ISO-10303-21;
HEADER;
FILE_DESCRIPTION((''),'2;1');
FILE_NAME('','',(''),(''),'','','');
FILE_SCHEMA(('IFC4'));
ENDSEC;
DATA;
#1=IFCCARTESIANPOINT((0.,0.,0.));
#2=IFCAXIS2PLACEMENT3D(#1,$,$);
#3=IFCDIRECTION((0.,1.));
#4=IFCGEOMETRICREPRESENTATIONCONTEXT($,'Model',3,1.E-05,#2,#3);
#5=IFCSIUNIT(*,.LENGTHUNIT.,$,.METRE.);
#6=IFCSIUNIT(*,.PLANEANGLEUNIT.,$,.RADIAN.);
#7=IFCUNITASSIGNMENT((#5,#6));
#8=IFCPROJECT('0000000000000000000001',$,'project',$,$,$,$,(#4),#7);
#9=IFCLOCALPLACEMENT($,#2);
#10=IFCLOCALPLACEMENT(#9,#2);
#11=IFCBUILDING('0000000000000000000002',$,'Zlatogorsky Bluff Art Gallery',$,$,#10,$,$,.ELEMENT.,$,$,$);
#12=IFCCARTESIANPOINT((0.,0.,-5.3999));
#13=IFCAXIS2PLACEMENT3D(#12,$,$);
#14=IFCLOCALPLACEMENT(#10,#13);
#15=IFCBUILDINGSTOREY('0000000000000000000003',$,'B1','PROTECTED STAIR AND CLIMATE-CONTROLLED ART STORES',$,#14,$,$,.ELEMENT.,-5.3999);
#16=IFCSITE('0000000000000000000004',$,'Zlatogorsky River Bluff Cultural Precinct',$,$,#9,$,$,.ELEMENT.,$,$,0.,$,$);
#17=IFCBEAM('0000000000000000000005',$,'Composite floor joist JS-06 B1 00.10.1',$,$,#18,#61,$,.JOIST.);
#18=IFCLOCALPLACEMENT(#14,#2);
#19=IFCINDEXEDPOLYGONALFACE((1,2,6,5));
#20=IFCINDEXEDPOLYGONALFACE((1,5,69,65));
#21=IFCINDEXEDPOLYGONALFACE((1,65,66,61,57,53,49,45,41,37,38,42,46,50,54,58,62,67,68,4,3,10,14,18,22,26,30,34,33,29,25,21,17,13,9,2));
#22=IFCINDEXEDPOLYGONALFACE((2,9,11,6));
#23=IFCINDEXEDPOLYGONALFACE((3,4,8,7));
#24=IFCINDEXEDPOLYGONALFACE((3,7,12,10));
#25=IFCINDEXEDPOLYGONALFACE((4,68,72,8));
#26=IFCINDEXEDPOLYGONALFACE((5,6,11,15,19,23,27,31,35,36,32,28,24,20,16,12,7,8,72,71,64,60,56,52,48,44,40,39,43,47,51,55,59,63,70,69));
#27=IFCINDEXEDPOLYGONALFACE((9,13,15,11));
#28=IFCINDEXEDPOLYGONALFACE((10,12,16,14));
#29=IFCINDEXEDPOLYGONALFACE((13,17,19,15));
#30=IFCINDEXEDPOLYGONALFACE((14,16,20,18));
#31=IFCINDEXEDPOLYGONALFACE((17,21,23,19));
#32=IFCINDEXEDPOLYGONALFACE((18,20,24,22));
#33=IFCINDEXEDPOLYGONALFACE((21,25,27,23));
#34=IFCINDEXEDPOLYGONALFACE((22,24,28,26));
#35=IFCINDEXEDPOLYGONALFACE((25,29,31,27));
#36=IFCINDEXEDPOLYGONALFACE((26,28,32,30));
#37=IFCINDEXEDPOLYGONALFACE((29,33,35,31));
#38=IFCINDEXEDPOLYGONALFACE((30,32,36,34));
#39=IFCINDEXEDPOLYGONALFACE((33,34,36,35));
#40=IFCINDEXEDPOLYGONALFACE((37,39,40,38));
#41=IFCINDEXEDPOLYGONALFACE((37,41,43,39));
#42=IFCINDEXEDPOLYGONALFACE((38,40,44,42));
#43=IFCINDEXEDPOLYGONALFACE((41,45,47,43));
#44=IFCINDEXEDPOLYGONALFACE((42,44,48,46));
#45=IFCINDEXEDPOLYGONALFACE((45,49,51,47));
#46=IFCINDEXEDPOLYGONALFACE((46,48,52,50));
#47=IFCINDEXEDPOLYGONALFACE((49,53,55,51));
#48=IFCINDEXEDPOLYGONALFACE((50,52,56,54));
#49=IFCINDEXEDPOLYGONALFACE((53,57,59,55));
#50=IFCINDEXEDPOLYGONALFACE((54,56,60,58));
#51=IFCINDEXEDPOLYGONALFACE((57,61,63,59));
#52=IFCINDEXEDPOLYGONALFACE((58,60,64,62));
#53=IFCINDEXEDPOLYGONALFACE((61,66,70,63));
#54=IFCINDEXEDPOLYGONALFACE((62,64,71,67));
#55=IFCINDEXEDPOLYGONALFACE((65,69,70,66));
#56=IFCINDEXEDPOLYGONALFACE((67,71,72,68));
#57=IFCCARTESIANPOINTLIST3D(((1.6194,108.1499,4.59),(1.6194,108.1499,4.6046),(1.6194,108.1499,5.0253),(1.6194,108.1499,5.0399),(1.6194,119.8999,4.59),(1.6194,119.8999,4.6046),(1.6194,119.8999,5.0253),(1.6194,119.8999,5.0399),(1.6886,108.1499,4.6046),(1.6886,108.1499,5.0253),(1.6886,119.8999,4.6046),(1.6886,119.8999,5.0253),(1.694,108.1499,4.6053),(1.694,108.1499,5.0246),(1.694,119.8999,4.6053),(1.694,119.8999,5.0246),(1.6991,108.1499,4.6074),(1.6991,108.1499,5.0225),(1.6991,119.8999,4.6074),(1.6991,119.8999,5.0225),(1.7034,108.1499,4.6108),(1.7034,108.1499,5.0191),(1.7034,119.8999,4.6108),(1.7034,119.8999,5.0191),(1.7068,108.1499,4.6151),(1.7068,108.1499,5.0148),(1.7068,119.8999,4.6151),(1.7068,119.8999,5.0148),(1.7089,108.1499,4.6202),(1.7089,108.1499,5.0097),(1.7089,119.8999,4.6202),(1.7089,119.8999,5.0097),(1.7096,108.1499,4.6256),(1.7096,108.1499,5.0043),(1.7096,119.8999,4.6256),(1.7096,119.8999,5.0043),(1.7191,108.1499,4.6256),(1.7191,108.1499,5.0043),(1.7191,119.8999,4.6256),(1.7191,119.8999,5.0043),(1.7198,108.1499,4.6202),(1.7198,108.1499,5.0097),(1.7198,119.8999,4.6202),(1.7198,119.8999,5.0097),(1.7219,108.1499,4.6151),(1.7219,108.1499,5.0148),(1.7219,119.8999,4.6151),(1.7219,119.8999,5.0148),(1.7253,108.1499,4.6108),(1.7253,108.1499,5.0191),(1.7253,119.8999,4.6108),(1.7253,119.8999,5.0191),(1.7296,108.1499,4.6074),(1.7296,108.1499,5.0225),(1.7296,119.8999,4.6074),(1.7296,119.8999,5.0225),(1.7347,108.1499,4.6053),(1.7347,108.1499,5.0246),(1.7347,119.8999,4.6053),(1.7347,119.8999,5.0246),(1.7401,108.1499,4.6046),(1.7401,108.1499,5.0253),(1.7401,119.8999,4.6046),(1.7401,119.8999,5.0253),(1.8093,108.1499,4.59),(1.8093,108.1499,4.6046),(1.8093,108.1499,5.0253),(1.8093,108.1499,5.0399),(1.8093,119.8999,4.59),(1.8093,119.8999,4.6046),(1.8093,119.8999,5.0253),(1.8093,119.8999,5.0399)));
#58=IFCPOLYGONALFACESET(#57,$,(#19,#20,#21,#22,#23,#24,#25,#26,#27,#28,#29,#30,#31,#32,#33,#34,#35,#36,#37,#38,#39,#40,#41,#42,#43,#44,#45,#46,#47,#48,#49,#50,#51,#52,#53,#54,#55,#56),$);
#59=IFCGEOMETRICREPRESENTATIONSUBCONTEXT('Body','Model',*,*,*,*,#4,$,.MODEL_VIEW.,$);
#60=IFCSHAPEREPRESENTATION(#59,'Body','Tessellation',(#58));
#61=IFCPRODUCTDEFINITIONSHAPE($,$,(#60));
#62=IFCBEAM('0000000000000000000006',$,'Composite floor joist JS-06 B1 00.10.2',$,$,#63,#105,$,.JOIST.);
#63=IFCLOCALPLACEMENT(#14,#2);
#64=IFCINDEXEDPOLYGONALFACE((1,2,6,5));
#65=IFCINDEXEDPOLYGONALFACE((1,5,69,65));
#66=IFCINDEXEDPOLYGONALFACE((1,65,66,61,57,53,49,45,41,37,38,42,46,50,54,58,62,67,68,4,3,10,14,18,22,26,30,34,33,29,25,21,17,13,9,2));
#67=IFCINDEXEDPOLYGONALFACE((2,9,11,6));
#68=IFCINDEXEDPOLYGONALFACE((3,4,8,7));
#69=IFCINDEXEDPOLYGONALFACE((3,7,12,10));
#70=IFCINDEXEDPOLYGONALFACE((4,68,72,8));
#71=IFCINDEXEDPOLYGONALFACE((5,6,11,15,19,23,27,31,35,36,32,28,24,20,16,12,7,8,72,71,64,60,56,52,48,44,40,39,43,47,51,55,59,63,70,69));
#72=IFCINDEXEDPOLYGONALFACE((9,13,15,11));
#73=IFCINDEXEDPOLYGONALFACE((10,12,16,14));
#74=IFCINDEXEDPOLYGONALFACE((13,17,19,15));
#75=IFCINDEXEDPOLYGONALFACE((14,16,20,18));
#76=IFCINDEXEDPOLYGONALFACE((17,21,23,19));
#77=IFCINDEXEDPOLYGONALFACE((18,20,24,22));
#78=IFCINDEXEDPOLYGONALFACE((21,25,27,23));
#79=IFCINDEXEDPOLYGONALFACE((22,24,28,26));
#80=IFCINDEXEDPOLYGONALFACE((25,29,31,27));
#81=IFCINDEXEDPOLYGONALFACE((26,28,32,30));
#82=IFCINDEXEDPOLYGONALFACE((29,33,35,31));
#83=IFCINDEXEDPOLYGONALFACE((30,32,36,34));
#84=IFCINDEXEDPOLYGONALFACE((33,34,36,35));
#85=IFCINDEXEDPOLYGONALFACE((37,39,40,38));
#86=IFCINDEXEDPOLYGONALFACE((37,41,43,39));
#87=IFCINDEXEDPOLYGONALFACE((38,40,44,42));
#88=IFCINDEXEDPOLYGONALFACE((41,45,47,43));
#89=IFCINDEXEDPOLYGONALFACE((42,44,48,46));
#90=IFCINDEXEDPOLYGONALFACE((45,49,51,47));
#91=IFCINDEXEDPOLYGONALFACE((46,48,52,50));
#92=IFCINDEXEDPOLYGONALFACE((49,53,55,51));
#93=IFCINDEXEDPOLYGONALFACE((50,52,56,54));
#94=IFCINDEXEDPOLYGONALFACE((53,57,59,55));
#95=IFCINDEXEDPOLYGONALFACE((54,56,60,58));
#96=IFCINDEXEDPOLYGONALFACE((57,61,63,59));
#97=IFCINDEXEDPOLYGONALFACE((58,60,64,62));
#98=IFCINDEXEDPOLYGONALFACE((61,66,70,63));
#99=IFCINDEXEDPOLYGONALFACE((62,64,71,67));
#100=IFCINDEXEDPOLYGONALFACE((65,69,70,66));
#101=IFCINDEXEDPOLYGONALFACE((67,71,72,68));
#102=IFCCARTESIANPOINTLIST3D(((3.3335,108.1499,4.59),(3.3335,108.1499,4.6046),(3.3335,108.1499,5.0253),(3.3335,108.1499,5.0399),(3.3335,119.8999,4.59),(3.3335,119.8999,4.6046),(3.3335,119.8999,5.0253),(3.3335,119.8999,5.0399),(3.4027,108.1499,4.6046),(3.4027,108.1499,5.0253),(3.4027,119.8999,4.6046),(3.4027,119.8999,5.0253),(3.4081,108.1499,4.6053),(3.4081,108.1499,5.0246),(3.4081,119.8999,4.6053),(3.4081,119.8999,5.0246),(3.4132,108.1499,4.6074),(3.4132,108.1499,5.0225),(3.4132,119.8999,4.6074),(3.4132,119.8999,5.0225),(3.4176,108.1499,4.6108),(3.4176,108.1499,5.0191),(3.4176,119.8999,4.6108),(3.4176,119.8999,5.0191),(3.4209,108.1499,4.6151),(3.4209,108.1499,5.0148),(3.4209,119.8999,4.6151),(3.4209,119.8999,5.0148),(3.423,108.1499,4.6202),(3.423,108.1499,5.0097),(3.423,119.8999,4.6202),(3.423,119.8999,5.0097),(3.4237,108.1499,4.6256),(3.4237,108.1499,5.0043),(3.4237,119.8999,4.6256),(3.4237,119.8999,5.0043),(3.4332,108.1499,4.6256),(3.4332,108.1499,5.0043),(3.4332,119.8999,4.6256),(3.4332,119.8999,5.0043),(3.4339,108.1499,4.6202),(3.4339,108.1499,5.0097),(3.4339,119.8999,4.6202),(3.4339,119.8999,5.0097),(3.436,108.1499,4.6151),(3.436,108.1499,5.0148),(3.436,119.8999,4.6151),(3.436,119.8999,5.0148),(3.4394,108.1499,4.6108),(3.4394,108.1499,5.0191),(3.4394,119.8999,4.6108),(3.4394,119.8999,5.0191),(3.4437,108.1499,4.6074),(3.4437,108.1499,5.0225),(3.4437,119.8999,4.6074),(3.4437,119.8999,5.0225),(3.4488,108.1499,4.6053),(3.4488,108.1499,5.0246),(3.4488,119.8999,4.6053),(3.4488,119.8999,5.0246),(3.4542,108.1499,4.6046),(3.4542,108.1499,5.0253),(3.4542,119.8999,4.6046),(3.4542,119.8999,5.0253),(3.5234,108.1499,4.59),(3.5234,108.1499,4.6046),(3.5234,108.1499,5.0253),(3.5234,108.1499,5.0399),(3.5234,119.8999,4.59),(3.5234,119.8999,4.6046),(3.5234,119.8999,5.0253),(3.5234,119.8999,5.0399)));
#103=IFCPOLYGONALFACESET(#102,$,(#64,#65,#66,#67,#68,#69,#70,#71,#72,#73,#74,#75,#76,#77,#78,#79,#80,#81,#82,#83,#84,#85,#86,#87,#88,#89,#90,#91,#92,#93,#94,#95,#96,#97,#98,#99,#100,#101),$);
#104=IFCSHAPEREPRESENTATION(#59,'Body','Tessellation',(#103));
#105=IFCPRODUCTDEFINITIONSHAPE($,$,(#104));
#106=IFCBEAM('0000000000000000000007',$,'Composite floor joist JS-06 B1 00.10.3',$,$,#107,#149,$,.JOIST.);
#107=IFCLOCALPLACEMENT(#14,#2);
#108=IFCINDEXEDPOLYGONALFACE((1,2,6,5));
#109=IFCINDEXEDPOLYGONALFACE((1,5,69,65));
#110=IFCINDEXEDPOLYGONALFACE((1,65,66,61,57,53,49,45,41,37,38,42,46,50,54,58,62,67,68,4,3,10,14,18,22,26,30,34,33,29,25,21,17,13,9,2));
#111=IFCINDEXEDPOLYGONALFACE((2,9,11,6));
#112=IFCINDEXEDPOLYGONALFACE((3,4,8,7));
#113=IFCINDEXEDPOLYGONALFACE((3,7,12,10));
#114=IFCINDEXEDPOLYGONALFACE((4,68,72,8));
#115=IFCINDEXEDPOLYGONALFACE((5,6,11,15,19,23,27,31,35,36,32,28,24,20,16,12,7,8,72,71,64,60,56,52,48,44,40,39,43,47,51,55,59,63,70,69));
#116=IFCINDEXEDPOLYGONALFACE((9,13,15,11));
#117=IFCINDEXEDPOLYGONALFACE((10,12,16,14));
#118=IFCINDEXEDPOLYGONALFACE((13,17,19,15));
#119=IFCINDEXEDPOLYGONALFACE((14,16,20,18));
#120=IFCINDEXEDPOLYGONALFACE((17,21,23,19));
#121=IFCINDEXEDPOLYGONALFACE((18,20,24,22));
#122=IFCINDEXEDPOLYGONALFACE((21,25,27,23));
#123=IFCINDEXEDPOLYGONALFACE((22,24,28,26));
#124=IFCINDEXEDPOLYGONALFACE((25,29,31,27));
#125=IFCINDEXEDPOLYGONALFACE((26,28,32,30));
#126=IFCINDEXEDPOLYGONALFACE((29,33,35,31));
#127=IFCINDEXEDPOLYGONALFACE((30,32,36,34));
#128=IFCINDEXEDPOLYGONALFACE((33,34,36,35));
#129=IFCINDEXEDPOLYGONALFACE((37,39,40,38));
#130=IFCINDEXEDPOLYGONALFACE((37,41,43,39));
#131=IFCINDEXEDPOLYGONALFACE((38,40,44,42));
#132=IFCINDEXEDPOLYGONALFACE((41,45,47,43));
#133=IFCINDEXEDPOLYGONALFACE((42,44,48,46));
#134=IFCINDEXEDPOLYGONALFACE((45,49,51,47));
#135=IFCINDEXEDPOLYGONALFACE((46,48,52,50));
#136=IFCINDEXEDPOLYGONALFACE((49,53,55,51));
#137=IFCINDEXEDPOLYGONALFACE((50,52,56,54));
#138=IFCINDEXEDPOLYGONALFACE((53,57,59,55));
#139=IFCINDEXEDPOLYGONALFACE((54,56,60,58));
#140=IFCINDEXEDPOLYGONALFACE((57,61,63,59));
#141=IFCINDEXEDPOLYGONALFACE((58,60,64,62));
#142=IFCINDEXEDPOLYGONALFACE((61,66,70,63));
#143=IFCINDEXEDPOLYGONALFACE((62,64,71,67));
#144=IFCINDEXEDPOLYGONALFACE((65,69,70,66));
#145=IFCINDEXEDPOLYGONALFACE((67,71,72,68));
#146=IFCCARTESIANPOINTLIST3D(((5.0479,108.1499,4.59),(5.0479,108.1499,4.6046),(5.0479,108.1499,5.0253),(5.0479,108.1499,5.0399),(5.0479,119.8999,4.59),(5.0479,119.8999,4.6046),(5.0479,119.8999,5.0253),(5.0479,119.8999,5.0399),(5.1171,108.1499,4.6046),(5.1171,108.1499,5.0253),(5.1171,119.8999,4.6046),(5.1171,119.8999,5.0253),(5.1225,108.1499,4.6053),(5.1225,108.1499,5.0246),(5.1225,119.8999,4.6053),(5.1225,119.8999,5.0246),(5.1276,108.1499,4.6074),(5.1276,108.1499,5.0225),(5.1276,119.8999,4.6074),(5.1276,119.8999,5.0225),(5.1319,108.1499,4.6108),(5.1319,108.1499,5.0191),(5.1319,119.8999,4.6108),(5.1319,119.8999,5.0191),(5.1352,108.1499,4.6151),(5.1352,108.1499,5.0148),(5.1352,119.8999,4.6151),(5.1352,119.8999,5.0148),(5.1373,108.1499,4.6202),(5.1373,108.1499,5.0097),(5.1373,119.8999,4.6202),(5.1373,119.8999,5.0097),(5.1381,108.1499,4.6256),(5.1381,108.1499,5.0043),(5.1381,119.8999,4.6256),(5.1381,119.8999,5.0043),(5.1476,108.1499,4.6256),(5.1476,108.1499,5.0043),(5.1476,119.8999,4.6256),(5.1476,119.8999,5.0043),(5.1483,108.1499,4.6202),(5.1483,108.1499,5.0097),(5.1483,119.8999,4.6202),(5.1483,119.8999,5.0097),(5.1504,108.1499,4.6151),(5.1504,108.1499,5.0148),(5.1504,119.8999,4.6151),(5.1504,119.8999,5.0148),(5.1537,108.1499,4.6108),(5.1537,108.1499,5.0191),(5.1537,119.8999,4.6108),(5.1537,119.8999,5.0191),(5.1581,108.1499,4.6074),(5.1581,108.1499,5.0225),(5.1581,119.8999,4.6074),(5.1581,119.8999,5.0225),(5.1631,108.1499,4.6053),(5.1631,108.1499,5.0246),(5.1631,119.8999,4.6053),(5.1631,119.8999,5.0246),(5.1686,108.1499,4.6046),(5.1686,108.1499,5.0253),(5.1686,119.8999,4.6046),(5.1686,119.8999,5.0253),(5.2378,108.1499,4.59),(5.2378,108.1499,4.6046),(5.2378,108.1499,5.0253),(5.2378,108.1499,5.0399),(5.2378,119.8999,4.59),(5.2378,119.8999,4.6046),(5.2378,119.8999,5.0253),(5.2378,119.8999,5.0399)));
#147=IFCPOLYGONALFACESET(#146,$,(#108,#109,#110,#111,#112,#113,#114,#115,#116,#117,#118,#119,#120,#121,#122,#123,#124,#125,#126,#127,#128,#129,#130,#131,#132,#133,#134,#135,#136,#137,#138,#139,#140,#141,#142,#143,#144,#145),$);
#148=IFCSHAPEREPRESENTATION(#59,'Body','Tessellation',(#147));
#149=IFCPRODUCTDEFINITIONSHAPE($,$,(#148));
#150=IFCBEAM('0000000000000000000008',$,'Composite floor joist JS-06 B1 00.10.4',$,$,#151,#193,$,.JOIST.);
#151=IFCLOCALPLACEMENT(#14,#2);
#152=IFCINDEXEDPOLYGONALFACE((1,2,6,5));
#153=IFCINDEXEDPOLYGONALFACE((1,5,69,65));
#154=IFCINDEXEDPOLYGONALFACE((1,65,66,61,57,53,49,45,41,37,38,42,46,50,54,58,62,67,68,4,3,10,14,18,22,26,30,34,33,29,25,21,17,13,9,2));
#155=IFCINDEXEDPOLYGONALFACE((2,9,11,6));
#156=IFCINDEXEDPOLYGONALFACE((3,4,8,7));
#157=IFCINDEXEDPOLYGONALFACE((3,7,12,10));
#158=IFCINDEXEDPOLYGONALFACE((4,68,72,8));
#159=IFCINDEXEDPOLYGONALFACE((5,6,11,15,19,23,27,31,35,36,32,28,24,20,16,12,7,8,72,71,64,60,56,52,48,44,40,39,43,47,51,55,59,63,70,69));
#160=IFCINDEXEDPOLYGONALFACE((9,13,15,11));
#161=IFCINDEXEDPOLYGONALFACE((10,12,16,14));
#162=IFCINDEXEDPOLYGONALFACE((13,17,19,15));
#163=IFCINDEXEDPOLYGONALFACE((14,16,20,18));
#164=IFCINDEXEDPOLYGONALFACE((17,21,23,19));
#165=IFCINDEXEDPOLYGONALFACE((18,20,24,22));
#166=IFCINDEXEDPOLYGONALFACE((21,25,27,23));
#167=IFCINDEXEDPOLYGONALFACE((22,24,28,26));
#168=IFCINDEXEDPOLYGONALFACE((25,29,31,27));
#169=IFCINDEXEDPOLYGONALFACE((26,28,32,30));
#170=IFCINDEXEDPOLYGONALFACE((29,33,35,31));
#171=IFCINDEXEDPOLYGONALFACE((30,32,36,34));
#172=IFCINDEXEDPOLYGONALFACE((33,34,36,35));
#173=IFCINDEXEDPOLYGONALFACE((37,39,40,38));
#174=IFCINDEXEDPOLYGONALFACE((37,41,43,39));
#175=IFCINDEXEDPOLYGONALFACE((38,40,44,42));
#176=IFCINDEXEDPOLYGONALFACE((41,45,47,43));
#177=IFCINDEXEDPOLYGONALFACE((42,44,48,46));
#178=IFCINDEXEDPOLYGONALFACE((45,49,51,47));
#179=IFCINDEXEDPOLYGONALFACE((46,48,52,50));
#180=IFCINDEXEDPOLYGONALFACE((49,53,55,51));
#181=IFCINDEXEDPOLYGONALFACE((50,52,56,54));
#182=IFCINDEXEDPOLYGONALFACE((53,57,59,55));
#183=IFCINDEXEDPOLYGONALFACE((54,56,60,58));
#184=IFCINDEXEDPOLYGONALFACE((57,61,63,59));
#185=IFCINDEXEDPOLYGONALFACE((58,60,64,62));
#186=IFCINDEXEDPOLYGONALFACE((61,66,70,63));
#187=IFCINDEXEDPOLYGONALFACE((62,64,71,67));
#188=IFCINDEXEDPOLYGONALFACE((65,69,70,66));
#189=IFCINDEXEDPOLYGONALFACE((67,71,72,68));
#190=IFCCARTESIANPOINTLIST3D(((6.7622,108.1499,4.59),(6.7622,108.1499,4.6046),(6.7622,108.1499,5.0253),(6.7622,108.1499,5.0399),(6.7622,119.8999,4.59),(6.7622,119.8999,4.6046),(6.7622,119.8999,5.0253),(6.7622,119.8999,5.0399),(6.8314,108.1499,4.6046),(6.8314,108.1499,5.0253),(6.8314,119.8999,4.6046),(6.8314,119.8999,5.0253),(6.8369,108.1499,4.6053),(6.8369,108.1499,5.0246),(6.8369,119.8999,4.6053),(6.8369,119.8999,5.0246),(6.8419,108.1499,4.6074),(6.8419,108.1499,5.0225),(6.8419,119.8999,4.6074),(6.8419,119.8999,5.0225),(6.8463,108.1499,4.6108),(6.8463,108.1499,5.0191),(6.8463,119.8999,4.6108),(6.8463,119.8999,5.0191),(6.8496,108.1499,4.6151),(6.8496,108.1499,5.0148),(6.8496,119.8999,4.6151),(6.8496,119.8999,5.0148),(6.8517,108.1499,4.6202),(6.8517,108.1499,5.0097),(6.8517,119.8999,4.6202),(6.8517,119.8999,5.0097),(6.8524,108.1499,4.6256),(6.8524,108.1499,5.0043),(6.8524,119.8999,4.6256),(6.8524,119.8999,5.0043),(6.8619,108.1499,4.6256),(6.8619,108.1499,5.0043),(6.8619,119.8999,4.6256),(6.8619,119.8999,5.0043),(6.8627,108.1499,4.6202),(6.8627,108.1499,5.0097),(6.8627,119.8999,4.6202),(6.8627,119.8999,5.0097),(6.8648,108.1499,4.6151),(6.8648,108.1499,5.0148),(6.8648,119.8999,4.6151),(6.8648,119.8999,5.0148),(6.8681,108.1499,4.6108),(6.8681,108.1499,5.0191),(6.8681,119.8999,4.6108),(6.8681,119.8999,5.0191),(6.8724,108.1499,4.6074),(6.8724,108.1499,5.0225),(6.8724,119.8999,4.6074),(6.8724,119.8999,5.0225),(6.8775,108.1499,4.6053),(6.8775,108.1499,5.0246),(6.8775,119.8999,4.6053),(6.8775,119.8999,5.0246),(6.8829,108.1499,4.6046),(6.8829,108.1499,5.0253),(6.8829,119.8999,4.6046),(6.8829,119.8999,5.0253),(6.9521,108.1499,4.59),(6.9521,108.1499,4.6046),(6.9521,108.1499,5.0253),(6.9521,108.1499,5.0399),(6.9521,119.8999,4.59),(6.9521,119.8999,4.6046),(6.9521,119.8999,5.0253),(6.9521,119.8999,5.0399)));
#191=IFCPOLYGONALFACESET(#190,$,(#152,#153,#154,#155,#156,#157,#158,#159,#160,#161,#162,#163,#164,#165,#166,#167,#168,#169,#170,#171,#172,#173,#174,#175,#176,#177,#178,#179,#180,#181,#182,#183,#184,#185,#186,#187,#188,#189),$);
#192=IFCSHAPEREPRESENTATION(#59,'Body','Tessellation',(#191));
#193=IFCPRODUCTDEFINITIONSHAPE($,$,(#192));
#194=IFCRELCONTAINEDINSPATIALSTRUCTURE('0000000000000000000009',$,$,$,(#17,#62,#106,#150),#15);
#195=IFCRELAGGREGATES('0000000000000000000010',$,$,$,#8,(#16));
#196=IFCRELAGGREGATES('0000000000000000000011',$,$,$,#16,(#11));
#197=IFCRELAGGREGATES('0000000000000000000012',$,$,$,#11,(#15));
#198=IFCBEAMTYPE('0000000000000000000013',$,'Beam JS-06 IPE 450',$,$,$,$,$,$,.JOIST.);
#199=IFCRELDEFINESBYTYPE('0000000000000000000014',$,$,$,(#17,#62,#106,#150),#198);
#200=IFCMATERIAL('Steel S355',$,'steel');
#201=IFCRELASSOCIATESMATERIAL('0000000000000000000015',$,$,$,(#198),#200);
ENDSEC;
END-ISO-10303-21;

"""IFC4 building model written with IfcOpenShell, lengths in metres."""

from ifc_helpers import new_model, si_unit, direction, frame, origin, origin_2d, place, context, subcontext, project, spatial, i_section, extrude, material, material_profile, profile_set, type_object, element, save


model = new_model("IFC4")

# Units and contexts
model_context = context("Model", 3, precision=1e-05, world=origin(), true_north=direction((0.0, 1.0)))
body_context = subcontext(model_context, "Body", "Model", "MODEL_VIEW")
ifc_project = project(units=[si_unit("LENGTHUNIT", "METRE"), si_unit("PLANEANGLEUNIT", "RADIAN")], contexts=[model_context])

# Site, building, storey
site_placement = place(None, origin())
site = spatial("IfcSite", under=ifc_project, at=site_placement, Name="Zlatogorsky River Bluff Cultural Precinct", CompositionType="ELEMENT", RefElevation=0.0)
building_placement = place(site_placement, origin())
building = spatial("IfcBuilding", under=site, at=building_placement, Name="Zlatogorsky Bluff Art Gallery", CompositionType="ELEMENT")
storey_placement = place(building_placement, frame((0.0, 0.0, -5.3999)))
storey = spatial("IfcBuildingStorey", under=building, at=storey_placement, Name="B1", Description="PROTECTED STAIR AND CLIMATE-CONTROLLED ART STORES", CompositionType="ELEMENT", Elevation=-5.3999)

# Shared definitions
ifc_material_1 = material(Name="Steel S355", Category="steel")

# Beams
ifc_material_profile_1 = material_profile(ifc_material_1, i_section(OverallWidth=0.1899, OverallDepth=0.45, WebThickness=0.0095, FlangeThickness=0.0146, FilletRadius=0.021, at=origin_2d()), Name="IPE 450")
ifc_profile_set_1 = profile_set([ifc_material_profile_1], Name="Steel S355")
beam_type_1 = type_object("IfcBeamType", Name="Beam JS-06 IPE 450", PredefinedType="JOIST", material=ifc_profile_set_1)
for number, where, z_axis, x_axis, name in (
    (1, (1.7144, 108.1499, 4.8149), (0.0, 1.0, 0.0), (-1.0, 0.0, 0.0), "Composite floor joist JS-06 B1 00.10.1"),
    (2, (3.4285, 108.1499, 4.8149), (0.0, 1.0, 0.0), (-1.0, 0.0, 0.0), "Composite floor joist JS-06 B1 00.10.2"),
    (3, (5.1428, 108.1499, 4.8149), (0.0, 1.0, 0.0), (-1.0, 0.0, 0.0), "Composite floor joist JS-06 B1 00.10.3"),
    (4, (6.8572, 108.1499, 4.8149), (0.0, 1.0, 0.0), (-1.0, 0.0, 0.0), "Composite floor joist JS-06 B1 00.10.4"),
):
    element("IfcBeam", number, at=place(storey_placement, frame(where, z_axis=z_axis, x_axis=x_axis)), inside=storey, type_object=beam_type_1, Name=name, PredefinedType="JOIST", context=body_context, shape_type="SweptSolid", body=[
        extrude(i_section(OverallWidth=0.1899, OverallDepth=0.45, WebThickness=0.0095, FlangeThickness=0.0146, FilletRadius=0.021, at=origin_2d()), origin(), (0.0, 0.0, 1.0), 11.75),
    ])

save(model, "model.ifc")
